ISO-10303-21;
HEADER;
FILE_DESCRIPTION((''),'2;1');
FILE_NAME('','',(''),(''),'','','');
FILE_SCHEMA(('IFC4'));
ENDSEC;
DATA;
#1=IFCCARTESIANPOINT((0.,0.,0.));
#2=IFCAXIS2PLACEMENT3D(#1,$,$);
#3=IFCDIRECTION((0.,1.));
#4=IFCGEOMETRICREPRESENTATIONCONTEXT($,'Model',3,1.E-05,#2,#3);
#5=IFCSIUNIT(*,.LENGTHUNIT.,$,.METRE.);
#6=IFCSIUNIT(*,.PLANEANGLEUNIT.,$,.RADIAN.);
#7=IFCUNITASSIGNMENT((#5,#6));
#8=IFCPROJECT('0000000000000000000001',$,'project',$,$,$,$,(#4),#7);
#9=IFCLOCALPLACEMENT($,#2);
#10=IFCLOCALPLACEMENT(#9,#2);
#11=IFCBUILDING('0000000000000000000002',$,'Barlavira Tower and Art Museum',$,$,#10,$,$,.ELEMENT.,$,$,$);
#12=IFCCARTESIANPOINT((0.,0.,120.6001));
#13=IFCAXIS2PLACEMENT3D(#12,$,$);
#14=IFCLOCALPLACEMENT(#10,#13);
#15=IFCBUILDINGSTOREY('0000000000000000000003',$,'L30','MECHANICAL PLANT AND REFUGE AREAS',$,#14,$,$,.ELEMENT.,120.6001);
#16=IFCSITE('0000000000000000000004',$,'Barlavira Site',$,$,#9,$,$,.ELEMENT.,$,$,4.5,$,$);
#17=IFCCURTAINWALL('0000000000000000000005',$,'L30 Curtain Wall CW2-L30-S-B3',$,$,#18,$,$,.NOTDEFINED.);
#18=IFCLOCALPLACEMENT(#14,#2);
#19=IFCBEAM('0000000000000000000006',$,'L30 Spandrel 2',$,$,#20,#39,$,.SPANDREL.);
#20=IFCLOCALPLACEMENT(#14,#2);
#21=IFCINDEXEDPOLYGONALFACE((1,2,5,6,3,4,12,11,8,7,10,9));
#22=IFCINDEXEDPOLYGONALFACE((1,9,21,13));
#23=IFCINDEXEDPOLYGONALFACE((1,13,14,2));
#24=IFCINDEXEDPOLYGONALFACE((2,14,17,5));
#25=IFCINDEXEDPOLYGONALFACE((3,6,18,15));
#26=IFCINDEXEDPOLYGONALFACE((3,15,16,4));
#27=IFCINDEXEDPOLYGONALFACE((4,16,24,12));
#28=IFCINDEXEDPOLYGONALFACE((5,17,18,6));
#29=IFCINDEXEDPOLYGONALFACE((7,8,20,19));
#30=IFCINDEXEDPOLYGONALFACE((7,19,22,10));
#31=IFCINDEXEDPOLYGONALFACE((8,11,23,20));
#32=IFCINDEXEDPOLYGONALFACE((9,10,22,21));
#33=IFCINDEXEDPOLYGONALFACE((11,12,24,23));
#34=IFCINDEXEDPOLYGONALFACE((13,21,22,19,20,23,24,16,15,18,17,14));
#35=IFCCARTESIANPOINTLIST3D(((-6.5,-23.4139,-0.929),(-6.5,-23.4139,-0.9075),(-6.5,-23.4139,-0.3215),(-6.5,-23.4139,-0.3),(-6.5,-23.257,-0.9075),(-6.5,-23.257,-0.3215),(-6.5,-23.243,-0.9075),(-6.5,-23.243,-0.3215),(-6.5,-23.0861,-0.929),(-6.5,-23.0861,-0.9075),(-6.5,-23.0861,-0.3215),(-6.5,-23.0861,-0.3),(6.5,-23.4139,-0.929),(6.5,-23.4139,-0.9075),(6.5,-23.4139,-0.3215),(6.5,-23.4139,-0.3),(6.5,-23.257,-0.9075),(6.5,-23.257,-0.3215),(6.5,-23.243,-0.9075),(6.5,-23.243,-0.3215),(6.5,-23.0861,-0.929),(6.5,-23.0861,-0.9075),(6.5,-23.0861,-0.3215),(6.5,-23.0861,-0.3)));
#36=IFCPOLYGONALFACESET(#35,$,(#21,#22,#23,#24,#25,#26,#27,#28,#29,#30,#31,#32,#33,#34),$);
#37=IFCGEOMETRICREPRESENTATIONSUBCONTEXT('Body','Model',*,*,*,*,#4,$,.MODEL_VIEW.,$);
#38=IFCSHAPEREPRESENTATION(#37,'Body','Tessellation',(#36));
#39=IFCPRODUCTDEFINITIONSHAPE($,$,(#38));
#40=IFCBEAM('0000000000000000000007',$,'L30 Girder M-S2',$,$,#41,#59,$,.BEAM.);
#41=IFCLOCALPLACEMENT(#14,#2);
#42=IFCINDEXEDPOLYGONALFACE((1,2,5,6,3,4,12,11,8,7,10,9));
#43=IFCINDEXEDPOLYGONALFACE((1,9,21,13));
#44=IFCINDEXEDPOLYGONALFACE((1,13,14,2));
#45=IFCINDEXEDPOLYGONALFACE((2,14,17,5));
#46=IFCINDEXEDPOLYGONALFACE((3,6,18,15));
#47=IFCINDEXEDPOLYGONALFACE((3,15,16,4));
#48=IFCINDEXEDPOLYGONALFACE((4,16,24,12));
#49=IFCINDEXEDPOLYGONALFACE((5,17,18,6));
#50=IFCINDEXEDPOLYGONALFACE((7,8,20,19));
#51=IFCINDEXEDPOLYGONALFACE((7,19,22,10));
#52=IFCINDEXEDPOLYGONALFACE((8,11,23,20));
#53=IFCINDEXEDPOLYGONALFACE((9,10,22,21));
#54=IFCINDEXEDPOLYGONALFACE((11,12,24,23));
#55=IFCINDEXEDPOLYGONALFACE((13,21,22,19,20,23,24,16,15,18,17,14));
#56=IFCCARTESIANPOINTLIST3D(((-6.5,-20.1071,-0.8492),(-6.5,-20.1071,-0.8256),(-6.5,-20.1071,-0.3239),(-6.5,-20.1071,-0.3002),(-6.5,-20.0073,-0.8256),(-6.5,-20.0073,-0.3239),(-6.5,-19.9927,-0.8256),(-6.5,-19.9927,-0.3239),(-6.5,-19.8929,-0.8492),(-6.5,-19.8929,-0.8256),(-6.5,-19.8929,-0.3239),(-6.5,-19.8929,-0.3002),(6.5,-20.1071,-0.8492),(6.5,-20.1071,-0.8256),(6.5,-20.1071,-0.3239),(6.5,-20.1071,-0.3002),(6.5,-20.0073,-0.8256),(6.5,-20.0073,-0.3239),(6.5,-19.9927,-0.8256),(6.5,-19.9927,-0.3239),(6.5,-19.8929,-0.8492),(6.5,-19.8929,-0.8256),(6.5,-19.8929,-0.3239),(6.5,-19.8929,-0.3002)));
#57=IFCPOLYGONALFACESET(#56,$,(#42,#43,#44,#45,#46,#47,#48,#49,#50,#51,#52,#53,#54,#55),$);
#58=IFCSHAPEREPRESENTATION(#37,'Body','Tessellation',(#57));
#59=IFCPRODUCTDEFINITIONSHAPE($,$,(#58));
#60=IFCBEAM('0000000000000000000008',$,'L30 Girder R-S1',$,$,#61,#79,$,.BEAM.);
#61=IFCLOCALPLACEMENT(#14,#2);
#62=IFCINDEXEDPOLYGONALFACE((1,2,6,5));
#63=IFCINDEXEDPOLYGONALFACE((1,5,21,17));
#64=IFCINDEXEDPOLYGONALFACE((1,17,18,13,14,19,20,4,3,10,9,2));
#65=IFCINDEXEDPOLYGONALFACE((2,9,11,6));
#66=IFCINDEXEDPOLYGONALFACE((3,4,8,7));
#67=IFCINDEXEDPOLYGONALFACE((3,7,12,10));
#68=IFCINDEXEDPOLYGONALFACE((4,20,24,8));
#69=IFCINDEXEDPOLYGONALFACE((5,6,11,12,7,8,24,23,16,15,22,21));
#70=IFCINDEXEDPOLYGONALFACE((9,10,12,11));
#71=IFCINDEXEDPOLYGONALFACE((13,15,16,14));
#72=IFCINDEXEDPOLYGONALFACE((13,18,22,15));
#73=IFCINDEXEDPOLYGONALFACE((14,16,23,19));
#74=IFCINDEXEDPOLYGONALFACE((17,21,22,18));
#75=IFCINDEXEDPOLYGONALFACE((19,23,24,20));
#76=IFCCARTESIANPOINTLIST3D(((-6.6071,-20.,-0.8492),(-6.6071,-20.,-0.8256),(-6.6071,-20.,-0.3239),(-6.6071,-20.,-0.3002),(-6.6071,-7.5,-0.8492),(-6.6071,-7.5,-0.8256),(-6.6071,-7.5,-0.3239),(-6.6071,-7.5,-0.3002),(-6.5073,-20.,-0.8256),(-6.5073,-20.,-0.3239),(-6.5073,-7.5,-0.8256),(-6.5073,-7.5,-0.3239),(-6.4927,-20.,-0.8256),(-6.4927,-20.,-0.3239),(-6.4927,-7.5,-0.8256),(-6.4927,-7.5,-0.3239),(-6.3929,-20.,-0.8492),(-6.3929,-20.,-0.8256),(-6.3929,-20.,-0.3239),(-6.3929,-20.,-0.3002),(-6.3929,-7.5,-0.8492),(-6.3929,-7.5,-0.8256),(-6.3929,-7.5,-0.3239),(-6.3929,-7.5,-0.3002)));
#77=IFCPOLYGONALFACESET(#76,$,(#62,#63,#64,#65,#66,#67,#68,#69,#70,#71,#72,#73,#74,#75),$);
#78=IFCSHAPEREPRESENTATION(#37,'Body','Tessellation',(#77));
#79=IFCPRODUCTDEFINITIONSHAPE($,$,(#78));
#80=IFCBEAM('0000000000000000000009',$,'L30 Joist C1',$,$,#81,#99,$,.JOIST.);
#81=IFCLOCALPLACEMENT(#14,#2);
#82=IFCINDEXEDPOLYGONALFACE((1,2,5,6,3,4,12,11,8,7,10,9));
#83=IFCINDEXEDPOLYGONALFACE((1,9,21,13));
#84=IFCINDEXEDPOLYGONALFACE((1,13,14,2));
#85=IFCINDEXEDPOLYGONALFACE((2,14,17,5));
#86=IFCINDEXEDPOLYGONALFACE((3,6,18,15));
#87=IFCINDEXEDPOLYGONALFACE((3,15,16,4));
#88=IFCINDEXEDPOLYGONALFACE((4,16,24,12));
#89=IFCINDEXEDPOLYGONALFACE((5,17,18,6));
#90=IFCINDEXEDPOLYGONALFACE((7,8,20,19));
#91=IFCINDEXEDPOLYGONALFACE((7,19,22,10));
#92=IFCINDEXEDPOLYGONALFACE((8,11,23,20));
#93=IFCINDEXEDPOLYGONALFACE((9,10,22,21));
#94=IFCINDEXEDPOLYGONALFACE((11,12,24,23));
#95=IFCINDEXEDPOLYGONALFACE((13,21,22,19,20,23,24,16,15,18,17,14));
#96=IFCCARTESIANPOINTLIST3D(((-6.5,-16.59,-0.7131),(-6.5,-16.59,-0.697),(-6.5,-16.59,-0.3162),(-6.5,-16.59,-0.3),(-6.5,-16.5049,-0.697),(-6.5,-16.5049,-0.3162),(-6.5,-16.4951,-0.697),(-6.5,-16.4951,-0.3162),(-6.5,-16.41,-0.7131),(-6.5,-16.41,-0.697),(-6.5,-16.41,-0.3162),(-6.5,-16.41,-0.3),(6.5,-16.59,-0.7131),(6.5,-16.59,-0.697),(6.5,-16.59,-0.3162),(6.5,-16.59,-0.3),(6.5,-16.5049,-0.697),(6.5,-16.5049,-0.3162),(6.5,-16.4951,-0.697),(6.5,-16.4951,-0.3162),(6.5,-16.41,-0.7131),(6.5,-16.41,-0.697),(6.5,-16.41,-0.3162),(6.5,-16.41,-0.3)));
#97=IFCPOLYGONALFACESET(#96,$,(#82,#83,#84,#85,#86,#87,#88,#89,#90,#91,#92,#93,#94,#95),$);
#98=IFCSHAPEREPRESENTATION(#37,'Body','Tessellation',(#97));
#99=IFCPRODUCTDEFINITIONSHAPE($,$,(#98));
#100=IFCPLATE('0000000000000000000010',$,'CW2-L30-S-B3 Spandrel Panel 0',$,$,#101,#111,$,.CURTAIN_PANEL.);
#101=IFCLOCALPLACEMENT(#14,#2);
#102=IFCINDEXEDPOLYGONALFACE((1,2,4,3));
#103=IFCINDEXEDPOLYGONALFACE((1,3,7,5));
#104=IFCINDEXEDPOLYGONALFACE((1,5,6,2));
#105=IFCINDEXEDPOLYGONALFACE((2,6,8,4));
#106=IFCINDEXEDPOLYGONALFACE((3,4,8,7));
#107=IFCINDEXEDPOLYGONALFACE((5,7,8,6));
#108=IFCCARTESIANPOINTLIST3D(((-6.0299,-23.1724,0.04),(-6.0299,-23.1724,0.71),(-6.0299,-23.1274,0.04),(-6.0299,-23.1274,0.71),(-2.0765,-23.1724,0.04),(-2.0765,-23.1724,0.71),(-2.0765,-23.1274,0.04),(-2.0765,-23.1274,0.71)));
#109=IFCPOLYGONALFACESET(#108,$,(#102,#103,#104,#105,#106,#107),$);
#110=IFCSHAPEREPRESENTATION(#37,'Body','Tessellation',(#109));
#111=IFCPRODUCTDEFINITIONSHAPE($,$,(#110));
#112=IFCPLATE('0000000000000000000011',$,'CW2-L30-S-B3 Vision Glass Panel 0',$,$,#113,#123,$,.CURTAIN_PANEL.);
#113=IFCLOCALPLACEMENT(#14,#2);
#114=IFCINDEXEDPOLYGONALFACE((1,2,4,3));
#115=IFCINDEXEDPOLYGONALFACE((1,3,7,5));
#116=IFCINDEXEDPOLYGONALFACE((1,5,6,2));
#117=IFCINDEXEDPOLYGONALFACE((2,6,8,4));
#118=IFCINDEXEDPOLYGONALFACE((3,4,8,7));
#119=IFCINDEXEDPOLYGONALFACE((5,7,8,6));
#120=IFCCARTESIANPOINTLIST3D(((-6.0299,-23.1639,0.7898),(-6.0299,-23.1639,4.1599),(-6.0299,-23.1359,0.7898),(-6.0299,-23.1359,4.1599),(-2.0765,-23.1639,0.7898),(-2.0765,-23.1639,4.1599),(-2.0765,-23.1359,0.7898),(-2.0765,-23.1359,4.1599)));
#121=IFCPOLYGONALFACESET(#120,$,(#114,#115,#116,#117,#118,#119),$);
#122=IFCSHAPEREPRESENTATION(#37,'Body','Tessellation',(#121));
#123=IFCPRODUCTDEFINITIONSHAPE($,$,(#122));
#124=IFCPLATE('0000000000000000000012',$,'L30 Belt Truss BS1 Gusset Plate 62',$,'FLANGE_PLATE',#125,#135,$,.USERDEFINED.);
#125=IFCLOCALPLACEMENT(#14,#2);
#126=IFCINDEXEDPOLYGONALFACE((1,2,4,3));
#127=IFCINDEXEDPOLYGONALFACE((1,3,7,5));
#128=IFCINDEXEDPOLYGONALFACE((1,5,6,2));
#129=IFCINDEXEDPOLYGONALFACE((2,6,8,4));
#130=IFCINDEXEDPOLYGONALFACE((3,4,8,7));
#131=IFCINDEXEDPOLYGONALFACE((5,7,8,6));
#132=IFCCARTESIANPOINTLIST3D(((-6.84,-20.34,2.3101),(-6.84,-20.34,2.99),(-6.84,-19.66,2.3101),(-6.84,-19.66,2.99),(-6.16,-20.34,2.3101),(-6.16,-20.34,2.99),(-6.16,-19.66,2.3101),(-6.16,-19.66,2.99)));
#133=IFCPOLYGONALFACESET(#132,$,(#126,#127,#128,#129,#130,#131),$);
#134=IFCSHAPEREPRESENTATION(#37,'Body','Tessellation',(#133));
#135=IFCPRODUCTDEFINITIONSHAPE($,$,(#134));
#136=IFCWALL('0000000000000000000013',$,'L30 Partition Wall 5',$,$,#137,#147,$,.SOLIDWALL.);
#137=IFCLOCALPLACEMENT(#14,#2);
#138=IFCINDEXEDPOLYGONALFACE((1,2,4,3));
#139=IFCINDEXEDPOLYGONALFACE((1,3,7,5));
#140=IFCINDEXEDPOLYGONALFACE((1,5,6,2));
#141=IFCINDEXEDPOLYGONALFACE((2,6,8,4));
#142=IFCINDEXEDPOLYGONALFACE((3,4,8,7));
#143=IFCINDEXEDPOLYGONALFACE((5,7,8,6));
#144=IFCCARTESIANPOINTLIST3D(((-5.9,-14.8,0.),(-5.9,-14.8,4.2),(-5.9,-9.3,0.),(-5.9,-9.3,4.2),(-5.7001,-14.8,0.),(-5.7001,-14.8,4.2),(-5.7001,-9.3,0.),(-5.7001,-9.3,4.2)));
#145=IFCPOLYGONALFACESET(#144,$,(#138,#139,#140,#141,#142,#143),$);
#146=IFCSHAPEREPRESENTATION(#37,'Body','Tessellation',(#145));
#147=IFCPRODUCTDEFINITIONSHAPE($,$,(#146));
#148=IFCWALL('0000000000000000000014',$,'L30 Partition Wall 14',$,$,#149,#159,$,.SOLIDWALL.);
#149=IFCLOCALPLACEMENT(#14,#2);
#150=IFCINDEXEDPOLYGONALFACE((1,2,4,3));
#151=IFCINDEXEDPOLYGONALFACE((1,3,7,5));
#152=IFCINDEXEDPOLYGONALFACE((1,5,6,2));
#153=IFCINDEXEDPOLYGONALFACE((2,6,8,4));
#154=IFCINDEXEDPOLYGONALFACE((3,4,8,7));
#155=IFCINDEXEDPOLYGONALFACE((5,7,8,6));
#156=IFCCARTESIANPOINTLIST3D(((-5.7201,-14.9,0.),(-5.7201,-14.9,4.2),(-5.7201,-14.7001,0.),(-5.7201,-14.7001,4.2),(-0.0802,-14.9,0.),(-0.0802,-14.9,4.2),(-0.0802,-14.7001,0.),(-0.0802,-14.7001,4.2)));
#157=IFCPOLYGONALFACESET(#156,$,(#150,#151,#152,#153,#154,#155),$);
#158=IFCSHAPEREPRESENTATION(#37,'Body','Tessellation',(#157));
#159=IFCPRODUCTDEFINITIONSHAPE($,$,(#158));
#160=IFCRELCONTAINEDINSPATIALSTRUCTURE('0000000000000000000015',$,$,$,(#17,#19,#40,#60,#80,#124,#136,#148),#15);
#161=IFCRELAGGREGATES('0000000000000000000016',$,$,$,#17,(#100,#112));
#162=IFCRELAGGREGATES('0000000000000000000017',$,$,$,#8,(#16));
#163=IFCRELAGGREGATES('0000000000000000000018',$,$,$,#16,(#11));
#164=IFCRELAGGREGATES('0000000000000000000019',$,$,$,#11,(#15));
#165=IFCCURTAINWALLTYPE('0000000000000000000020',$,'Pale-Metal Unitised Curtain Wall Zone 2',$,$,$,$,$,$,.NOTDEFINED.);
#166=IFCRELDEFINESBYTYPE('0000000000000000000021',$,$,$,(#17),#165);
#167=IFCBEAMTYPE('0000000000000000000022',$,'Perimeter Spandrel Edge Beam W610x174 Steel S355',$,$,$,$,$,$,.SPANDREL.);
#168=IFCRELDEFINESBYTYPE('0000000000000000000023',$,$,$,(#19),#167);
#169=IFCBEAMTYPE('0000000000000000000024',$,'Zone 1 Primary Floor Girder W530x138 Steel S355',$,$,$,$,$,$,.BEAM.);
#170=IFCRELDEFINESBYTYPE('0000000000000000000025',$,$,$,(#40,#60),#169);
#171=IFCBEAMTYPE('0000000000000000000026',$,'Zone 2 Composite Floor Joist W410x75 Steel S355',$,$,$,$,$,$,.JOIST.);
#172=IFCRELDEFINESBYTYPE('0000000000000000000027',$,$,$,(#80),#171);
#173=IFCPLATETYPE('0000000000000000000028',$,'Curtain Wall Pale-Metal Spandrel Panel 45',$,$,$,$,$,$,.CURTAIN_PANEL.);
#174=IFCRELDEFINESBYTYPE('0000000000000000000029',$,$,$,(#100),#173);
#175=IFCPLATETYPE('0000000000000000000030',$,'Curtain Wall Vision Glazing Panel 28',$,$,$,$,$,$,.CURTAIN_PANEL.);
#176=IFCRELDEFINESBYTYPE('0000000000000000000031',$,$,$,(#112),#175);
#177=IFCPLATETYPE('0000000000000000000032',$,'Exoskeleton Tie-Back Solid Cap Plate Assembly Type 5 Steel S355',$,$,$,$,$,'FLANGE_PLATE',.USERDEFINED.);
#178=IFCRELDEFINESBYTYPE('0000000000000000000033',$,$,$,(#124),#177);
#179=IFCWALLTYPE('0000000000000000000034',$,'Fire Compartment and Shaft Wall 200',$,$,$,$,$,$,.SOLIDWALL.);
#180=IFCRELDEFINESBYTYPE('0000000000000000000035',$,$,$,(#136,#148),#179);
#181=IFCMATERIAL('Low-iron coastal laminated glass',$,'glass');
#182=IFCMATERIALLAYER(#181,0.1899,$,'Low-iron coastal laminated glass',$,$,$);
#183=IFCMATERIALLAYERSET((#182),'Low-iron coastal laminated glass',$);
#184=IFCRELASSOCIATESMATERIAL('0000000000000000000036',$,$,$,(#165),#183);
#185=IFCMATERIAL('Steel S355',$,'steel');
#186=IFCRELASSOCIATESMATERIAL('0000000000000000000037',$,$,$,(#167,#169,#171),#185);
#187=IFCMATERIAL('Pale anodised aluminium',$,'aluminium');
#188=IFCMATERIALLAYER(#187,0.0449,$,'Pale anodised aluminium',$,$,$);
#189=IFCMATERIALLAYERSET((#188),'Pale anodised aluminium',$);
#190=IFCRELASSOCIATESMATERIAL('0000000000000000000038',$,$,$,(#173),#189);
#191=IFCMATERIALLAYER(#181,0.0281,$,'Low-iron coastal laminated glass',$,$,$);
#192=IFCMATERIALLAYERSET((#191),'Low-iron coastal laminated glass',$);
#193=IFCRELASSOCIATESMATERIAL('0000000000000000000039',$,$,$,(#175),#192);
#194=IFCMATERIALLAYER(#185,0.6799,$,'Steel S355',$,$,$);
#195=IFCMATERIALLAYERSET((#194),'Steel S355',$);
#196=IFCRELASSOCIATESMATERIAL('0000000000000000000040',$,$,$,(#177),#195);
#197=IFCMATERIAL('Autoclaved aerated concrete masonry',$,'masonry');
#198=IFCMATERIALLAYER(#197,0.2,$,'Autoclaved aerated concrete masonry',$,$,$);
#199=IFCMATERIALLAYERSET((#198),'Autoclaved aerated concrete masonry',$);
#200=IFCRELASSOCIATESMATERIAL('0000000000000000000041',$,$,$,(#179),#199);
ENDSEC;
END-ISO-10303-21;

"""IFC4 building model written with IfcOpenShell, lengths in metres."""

from ifc_helpers import new_model, si_unit, direction, frame, frame_2d, origin, origin_2d, place, context, subcontext, project, spatial, rectangle, i_section, extrude, material, layer, layer_set, material_profile, profile_set, type_object, element, aggregate, save


model = new_model("IFC4")

# Units and contexts
model_context = context("Model", 3, precision=1e-05, world=origin(), true_north=direction((0.0, 1.0)))
body_context = subcontext(model_context, "Body", "Model", "MODEL_VIEW")
ifc_project = project(units=[si_unit("LENGTHUNIT", "METRE"), si_unit("PLANEANGLEUNIT", "RADIAN")], contexts=[model_context])

# Site, building, storey
site_placement = place(None, origin())
site = spatial("IfcSite", under=ifc_project, at=site_placement, Name="Barlavira Site", CompositionType="ELEMENT", RefElevation=4.5)
building_placement = place(site_placement, origin())
building = spatial("IfcBuilding", under=site, at=building_placement, Name="Barlavira Tower and Art Museum", CompositionType="ELEMENT")
storey_placement = place(building_placement, frame((0.0, 0.0, 120.6001)))
storey = spatial("IfcBuildingStorey", under=building, at=storey_placement, Name="L30", Description="MECHANICAL PLANT AND REFUGE AREAS", CompositionType="ELEMENT", Elevation=120.6001)

# Shared definitions
ifc_material_1 = material(Name="Steel S355", Category="steel")

# Curtain wall
ifc_material_2 = material(Name="Low-iron coastal laminated glass", Category="glass")
ifc_layer_1 = layer(ifc_material_2, 0.1899, Name="Low-iron coastal laminated glass")
ifc_layer_set_1 = layer_set([ifc_layer_1], Name="Low-iron coastal laminated glass")
curtain_wall_type = type_object("IfcCurtainWallType", Name="Pale-Metal Unitised Curtain Wall Zone 2", PredefinedType="NOTDEFINED", material=ifc_layer_set_1)
curtain_wall_placement = place(storey_placement, origin())
curtain_wall = element("IfcCurtainWall", 1, at=curtain_wall_placement, inside=storey, type_object=curtain_wall_type, Name="L30 Curtain Wall CW2-L30-S-B3", PredefinedType="NOTDEFINED")
ifc_material_3 = material(Name="Pale anodised aluminium", Category="aluminium")

# Beams
ifc_material_profile_1 = material_profile(ifc_material_1, i_section(OverallWidth=0.3279, OverallDepth=0.6289, WebThickness=0.0139, FlangeThickness=0.0215, at=origin_2d()), Name="W610x174.0")
ifc_profile_set_1 = profile_set([ifc_material_profile_1], Name="Steel S355")
beam_type_1 = type_object("IfcBeamType", Name="Perimeter Spandrel Edge Beam W610x174 Steel S355", PredefinedType="SPANDREL", material=ifc_profile_set_1)
beam_1_placement = place(storey_placement, frame((-6.5, -23.25, -0.6145), z_axis=(1.0, 0.0, 0.0), x_axis=(0.0, 1.0, 0.0)))
element("IfcBeam", 2, at=beam_1_placement, inside=storey, type_object=beam_type_1, Name="L30 Spandrel 2", PredefinedType="SPANDREL", context=body_context, shape_type="SweptSolid", body=[
    extrude(i_section(OverallWidth=0.3279, OverallDepth=0.6289, WebThickness=0.0139, FlangeThickness=0.0215, at=origin_2d()), origin(), (0.0, 0.0, 1.0), 13.0),
])
ifc_material_profile_2 = material_profile(ifc_material_1, i_section(OverallWidth=0.2141, OverallDepth=0.5491, WebThickness=0.0146, FlangeThickness=0.0237, at=origin_2d()), Name="W530x138.0")
ifc_profile_set_2 = profile_set([ifc_material_profile_2], Name="Steel S355")
beam_type_2 = type_object("IfcBeamType", Name="Zone 1 Primary Floor Girder W530x138 Steel S355", PredefinedType="BEAM", material=ifc_profile_set_2)
beam_2_placement = place(storey_placement, frame((-6.5, -20.0, -0.5747), z_axis=(1.0, 0.0, 0.0), x_axis=(0.0, 1.0, 0.0)))
element("IfcBeam", 3, at=beam_2_placement, inside=storey, type_object=beam_type_2, Name="L30 Girder M-S2", PredefinedType="BEAM", context=body_context, shape_type="SweptSolid", body=[
    extrude(i_section(OverallWidth=0.2141, OverallDepth=0.5491, WebThickness=0.0146, FlangeThickness=0.0237, at=origin_2d()), origin(), (0.0, 0.0, 1.0), 13.0),
])
beam_3_placement = place(storey_placement, frame((-6.5, -20.0, -0.5747), z_axis=(0.0, 1.0, 0.0), x_axis=(-1.0, 0.0, 0.0)))
element("IfcBeam", 4, at=beam_3_placement, inside=storey, type_object=beam_type_2, Name="L30 Girder R-S1", PredefinedType="BEAM", context=body_context, shape_type="SweptSolid", body=[
    extrude(i_section(OverallWidth=0.2141, OverallDepth=0.5491, WebThickness=0.0146, FlangeThickness=0.0237, at=origin_2d()), origin(), (0.0, 0.0, 1.0), 12.5),
])
ifc_material_profile_3 = material_profile(ifc_material_1, i_section(OverallWidth=0.1799, OverallDepth=0.4131, WebThickness=0.0098, FlangeThickness=0.0161, at=origin_2d()), Name="W410x75.0")
ifc_profile_set_3 = profile_set([ifc_material_profile_3], Name="Steel S355")
beam_type_3 = type_object("IfcBeamType", Name="Zone 2 Composite Floor Joist W410x75 Steel S355", PredefinedType="JOIST", material=ifc_profile_set_3)
beam_4_placement = place(storey_placement, frame((-6.5, -16.5, -0.5066), z_axis=(1.0, 0.0, 0.0), x_axis=(0.0, 1.0, 0.0)))
element("IfcBeam", 5, at=beam_4_placement, inside=storey, type_object=beam_type_3, Name="L30 Joist C1", PredefinedType="JOIST", context=body_context, shape_type="SweptSolid", body=[
    extrude(i_section(OverallWidth=0.1799, OverallDepth=0.4131, WebThickness=0.0098, FlangeThickness=0.0161, at=origin_2d()), origin(), (0.0, 0.0, 1.0), 13.0),
])

# Plates
ifc_layer_2 = layer(ifc_material_3, 0.0449, Name="Pale anodised aluminium")
ifc_layer_set_2 = layer_set([ifc_layer_2], Name="Pale anodised aluminium")
plate_type_1 = type_object("IfcPlateType", Name="Curtain Wall Pale-Metal Spandrel Panel 45", PredefinedType="CURTAIN_PANEL", material=ifc_layer_set_2)
plate_1_placement = place(storey_placement, frame((-4.0532, -23.1499, 0.04), z_axis=(0.0, 0.0, 1.0), x_axis=(1.0, 0.0, 0.0)))
plate_1 = element("IfcPlate", 6, at=plate_1_placement, type_object=plate_type_1, Name="CW2-L30-S-B3 Spandrel Panel 0", PredefinedType="CURTAIN_PANEL", context=body_context, shape_type="SweptSolid", body=[
    extrude(rectangle(XDim=3.9534, YDim=0.0449, at=origin_2d()), origin(), (0.0, 0.0, 1.0), 0.6699),
])
ifc_layer_3 = layer(ifc_material_2, 0.0281, Name="Low-iron coastal laminated glass")
ifc_layer_set_3 = layer_set([ifc_layer_3], Name="Low-iron coastal laminated glass")
plate_type_2 = type_object("IfcPlateType", Name="Curtain Wall Vision Glazing Panel 28", PredefinedType="CURTAIN_PANEL", material=ifc_layer_set_3)
plate_2_placement = place(storey_placement, frame((-4.0532, -23.1499, 0.7898), z_axis=(0.0, 0.0, 1.0), x_axis=(1.0, 0.0, 0.0)))
plate_2 = element("IfcPlate", 7, at=plate_2_placement, type_object=plate_type_2, Name="CW2-L30-S-B3 Vision Glass Panel 0", PredefinedType="CURTAIN_PANEL", context=body_context, shape_type="SweptSolid", body=[
    extrude(rectangle(XDim=3.9534, YDim=0.0281, at=origin_2d()), origin(), (0.0, 0.0, 1.0), 3.3701),
])
aggregate(curtain_wall, [plate_1, plate_2])
ifc_layer_4 = layer(ifc_material_1, 0.6799, Name="Steel S355")
ifc_layer_set_4 = layer_set([ifc_layer_4], Name="Steel S355")
plate_type_3 = type_object("IfcPlateType", Name="Exoskeleton Tie-Back Solid Cap Plate Assembly Type 5 Steel S355", ElementType="FLANGE_PLATE", PredefinedType="USERDEFINED", material=ifc_layer_set_4)
plate_3_placement = place(storey_placement, frame((-6.5, -20.0, 2.3101), z_axis=(0.0, 0.0, 1.0), x_axis=(1.0, 0.0, 0.0)))
element("IfcPlate", 8, at=plate_3_placement, inside=storey, type_object=plate_type_3, Name="L30 Belt Truss BS1 Gusset Plate 62", ObjectType="FLANGE_PLATE", PredefinedType="USERDEFINED", context=body_context, shape_type="SweptSolid", body=[
    extrude(rectangle(XDim=0.6799, YDim=0.6799, at=origin_2d()), origin(), (0.0, 0.0, 1.0), 0.6799),
])

# Walls
ifc_material_4 = material(Name="Autoclaved aerated concrete masonry", Category="masonry")
ifc_layer_5 = layer(ifc_material_4, 0.2, Name="Autoclaved aerated concrete masonry")
ifc_layer_set_5 = layer_set([ifc_layer_5], Name="Autoclaved aerated concrete masonry")
wall_type = type_object("IfcWallType", Name="Fire Compartment and Shaft Wall 200", PredefinedType="SOLIDWALL", material=ifc_layer_set_5)
wall_1_placement = place(storey_placement, frame((-5.8, -14.8, 0.0), z_axis=(0.0, 0.0, 1.0), x_axis=(0.0, 1.0, 0.0)))
element("IfcWall", 9, at=wall_1_placement, inside=storey, type_object=wall_type, Name="L30 Partition Wall 5", PredefinedType="SOLIDWALL", context=body_context, shape_type="SweptSolid", body=[
    extrude(rectangle(XDim=5.5, YDim=0.2, at=frame_2d((2.75, 0.0))), origin(), (0.0, 0.0, 1.0), 4.2),
])
wall_2_placement = place(storey_placement, frame((-5.72, -14.8, 0.0), z_axis=(0.0, 0.0, 1.0), x_axis=(1.0, 0.0, 0.0)))
element("IfcWall", 10, at=wall_2_placement, inside=storey, type_object=wall_type, Name="L30 Partition Wall 14", PredefinedType="SOLIDWALL", context=body_context, shape_type="SweptSolid", body=[
    extrude(rectangle(XDim=5.6399, YDim=0.2, at=frame_2d((2.8198, 0.0))), origin(), (0.0, 0.0, 1.0), 4.2),
])

save(model, "model.ifc")
